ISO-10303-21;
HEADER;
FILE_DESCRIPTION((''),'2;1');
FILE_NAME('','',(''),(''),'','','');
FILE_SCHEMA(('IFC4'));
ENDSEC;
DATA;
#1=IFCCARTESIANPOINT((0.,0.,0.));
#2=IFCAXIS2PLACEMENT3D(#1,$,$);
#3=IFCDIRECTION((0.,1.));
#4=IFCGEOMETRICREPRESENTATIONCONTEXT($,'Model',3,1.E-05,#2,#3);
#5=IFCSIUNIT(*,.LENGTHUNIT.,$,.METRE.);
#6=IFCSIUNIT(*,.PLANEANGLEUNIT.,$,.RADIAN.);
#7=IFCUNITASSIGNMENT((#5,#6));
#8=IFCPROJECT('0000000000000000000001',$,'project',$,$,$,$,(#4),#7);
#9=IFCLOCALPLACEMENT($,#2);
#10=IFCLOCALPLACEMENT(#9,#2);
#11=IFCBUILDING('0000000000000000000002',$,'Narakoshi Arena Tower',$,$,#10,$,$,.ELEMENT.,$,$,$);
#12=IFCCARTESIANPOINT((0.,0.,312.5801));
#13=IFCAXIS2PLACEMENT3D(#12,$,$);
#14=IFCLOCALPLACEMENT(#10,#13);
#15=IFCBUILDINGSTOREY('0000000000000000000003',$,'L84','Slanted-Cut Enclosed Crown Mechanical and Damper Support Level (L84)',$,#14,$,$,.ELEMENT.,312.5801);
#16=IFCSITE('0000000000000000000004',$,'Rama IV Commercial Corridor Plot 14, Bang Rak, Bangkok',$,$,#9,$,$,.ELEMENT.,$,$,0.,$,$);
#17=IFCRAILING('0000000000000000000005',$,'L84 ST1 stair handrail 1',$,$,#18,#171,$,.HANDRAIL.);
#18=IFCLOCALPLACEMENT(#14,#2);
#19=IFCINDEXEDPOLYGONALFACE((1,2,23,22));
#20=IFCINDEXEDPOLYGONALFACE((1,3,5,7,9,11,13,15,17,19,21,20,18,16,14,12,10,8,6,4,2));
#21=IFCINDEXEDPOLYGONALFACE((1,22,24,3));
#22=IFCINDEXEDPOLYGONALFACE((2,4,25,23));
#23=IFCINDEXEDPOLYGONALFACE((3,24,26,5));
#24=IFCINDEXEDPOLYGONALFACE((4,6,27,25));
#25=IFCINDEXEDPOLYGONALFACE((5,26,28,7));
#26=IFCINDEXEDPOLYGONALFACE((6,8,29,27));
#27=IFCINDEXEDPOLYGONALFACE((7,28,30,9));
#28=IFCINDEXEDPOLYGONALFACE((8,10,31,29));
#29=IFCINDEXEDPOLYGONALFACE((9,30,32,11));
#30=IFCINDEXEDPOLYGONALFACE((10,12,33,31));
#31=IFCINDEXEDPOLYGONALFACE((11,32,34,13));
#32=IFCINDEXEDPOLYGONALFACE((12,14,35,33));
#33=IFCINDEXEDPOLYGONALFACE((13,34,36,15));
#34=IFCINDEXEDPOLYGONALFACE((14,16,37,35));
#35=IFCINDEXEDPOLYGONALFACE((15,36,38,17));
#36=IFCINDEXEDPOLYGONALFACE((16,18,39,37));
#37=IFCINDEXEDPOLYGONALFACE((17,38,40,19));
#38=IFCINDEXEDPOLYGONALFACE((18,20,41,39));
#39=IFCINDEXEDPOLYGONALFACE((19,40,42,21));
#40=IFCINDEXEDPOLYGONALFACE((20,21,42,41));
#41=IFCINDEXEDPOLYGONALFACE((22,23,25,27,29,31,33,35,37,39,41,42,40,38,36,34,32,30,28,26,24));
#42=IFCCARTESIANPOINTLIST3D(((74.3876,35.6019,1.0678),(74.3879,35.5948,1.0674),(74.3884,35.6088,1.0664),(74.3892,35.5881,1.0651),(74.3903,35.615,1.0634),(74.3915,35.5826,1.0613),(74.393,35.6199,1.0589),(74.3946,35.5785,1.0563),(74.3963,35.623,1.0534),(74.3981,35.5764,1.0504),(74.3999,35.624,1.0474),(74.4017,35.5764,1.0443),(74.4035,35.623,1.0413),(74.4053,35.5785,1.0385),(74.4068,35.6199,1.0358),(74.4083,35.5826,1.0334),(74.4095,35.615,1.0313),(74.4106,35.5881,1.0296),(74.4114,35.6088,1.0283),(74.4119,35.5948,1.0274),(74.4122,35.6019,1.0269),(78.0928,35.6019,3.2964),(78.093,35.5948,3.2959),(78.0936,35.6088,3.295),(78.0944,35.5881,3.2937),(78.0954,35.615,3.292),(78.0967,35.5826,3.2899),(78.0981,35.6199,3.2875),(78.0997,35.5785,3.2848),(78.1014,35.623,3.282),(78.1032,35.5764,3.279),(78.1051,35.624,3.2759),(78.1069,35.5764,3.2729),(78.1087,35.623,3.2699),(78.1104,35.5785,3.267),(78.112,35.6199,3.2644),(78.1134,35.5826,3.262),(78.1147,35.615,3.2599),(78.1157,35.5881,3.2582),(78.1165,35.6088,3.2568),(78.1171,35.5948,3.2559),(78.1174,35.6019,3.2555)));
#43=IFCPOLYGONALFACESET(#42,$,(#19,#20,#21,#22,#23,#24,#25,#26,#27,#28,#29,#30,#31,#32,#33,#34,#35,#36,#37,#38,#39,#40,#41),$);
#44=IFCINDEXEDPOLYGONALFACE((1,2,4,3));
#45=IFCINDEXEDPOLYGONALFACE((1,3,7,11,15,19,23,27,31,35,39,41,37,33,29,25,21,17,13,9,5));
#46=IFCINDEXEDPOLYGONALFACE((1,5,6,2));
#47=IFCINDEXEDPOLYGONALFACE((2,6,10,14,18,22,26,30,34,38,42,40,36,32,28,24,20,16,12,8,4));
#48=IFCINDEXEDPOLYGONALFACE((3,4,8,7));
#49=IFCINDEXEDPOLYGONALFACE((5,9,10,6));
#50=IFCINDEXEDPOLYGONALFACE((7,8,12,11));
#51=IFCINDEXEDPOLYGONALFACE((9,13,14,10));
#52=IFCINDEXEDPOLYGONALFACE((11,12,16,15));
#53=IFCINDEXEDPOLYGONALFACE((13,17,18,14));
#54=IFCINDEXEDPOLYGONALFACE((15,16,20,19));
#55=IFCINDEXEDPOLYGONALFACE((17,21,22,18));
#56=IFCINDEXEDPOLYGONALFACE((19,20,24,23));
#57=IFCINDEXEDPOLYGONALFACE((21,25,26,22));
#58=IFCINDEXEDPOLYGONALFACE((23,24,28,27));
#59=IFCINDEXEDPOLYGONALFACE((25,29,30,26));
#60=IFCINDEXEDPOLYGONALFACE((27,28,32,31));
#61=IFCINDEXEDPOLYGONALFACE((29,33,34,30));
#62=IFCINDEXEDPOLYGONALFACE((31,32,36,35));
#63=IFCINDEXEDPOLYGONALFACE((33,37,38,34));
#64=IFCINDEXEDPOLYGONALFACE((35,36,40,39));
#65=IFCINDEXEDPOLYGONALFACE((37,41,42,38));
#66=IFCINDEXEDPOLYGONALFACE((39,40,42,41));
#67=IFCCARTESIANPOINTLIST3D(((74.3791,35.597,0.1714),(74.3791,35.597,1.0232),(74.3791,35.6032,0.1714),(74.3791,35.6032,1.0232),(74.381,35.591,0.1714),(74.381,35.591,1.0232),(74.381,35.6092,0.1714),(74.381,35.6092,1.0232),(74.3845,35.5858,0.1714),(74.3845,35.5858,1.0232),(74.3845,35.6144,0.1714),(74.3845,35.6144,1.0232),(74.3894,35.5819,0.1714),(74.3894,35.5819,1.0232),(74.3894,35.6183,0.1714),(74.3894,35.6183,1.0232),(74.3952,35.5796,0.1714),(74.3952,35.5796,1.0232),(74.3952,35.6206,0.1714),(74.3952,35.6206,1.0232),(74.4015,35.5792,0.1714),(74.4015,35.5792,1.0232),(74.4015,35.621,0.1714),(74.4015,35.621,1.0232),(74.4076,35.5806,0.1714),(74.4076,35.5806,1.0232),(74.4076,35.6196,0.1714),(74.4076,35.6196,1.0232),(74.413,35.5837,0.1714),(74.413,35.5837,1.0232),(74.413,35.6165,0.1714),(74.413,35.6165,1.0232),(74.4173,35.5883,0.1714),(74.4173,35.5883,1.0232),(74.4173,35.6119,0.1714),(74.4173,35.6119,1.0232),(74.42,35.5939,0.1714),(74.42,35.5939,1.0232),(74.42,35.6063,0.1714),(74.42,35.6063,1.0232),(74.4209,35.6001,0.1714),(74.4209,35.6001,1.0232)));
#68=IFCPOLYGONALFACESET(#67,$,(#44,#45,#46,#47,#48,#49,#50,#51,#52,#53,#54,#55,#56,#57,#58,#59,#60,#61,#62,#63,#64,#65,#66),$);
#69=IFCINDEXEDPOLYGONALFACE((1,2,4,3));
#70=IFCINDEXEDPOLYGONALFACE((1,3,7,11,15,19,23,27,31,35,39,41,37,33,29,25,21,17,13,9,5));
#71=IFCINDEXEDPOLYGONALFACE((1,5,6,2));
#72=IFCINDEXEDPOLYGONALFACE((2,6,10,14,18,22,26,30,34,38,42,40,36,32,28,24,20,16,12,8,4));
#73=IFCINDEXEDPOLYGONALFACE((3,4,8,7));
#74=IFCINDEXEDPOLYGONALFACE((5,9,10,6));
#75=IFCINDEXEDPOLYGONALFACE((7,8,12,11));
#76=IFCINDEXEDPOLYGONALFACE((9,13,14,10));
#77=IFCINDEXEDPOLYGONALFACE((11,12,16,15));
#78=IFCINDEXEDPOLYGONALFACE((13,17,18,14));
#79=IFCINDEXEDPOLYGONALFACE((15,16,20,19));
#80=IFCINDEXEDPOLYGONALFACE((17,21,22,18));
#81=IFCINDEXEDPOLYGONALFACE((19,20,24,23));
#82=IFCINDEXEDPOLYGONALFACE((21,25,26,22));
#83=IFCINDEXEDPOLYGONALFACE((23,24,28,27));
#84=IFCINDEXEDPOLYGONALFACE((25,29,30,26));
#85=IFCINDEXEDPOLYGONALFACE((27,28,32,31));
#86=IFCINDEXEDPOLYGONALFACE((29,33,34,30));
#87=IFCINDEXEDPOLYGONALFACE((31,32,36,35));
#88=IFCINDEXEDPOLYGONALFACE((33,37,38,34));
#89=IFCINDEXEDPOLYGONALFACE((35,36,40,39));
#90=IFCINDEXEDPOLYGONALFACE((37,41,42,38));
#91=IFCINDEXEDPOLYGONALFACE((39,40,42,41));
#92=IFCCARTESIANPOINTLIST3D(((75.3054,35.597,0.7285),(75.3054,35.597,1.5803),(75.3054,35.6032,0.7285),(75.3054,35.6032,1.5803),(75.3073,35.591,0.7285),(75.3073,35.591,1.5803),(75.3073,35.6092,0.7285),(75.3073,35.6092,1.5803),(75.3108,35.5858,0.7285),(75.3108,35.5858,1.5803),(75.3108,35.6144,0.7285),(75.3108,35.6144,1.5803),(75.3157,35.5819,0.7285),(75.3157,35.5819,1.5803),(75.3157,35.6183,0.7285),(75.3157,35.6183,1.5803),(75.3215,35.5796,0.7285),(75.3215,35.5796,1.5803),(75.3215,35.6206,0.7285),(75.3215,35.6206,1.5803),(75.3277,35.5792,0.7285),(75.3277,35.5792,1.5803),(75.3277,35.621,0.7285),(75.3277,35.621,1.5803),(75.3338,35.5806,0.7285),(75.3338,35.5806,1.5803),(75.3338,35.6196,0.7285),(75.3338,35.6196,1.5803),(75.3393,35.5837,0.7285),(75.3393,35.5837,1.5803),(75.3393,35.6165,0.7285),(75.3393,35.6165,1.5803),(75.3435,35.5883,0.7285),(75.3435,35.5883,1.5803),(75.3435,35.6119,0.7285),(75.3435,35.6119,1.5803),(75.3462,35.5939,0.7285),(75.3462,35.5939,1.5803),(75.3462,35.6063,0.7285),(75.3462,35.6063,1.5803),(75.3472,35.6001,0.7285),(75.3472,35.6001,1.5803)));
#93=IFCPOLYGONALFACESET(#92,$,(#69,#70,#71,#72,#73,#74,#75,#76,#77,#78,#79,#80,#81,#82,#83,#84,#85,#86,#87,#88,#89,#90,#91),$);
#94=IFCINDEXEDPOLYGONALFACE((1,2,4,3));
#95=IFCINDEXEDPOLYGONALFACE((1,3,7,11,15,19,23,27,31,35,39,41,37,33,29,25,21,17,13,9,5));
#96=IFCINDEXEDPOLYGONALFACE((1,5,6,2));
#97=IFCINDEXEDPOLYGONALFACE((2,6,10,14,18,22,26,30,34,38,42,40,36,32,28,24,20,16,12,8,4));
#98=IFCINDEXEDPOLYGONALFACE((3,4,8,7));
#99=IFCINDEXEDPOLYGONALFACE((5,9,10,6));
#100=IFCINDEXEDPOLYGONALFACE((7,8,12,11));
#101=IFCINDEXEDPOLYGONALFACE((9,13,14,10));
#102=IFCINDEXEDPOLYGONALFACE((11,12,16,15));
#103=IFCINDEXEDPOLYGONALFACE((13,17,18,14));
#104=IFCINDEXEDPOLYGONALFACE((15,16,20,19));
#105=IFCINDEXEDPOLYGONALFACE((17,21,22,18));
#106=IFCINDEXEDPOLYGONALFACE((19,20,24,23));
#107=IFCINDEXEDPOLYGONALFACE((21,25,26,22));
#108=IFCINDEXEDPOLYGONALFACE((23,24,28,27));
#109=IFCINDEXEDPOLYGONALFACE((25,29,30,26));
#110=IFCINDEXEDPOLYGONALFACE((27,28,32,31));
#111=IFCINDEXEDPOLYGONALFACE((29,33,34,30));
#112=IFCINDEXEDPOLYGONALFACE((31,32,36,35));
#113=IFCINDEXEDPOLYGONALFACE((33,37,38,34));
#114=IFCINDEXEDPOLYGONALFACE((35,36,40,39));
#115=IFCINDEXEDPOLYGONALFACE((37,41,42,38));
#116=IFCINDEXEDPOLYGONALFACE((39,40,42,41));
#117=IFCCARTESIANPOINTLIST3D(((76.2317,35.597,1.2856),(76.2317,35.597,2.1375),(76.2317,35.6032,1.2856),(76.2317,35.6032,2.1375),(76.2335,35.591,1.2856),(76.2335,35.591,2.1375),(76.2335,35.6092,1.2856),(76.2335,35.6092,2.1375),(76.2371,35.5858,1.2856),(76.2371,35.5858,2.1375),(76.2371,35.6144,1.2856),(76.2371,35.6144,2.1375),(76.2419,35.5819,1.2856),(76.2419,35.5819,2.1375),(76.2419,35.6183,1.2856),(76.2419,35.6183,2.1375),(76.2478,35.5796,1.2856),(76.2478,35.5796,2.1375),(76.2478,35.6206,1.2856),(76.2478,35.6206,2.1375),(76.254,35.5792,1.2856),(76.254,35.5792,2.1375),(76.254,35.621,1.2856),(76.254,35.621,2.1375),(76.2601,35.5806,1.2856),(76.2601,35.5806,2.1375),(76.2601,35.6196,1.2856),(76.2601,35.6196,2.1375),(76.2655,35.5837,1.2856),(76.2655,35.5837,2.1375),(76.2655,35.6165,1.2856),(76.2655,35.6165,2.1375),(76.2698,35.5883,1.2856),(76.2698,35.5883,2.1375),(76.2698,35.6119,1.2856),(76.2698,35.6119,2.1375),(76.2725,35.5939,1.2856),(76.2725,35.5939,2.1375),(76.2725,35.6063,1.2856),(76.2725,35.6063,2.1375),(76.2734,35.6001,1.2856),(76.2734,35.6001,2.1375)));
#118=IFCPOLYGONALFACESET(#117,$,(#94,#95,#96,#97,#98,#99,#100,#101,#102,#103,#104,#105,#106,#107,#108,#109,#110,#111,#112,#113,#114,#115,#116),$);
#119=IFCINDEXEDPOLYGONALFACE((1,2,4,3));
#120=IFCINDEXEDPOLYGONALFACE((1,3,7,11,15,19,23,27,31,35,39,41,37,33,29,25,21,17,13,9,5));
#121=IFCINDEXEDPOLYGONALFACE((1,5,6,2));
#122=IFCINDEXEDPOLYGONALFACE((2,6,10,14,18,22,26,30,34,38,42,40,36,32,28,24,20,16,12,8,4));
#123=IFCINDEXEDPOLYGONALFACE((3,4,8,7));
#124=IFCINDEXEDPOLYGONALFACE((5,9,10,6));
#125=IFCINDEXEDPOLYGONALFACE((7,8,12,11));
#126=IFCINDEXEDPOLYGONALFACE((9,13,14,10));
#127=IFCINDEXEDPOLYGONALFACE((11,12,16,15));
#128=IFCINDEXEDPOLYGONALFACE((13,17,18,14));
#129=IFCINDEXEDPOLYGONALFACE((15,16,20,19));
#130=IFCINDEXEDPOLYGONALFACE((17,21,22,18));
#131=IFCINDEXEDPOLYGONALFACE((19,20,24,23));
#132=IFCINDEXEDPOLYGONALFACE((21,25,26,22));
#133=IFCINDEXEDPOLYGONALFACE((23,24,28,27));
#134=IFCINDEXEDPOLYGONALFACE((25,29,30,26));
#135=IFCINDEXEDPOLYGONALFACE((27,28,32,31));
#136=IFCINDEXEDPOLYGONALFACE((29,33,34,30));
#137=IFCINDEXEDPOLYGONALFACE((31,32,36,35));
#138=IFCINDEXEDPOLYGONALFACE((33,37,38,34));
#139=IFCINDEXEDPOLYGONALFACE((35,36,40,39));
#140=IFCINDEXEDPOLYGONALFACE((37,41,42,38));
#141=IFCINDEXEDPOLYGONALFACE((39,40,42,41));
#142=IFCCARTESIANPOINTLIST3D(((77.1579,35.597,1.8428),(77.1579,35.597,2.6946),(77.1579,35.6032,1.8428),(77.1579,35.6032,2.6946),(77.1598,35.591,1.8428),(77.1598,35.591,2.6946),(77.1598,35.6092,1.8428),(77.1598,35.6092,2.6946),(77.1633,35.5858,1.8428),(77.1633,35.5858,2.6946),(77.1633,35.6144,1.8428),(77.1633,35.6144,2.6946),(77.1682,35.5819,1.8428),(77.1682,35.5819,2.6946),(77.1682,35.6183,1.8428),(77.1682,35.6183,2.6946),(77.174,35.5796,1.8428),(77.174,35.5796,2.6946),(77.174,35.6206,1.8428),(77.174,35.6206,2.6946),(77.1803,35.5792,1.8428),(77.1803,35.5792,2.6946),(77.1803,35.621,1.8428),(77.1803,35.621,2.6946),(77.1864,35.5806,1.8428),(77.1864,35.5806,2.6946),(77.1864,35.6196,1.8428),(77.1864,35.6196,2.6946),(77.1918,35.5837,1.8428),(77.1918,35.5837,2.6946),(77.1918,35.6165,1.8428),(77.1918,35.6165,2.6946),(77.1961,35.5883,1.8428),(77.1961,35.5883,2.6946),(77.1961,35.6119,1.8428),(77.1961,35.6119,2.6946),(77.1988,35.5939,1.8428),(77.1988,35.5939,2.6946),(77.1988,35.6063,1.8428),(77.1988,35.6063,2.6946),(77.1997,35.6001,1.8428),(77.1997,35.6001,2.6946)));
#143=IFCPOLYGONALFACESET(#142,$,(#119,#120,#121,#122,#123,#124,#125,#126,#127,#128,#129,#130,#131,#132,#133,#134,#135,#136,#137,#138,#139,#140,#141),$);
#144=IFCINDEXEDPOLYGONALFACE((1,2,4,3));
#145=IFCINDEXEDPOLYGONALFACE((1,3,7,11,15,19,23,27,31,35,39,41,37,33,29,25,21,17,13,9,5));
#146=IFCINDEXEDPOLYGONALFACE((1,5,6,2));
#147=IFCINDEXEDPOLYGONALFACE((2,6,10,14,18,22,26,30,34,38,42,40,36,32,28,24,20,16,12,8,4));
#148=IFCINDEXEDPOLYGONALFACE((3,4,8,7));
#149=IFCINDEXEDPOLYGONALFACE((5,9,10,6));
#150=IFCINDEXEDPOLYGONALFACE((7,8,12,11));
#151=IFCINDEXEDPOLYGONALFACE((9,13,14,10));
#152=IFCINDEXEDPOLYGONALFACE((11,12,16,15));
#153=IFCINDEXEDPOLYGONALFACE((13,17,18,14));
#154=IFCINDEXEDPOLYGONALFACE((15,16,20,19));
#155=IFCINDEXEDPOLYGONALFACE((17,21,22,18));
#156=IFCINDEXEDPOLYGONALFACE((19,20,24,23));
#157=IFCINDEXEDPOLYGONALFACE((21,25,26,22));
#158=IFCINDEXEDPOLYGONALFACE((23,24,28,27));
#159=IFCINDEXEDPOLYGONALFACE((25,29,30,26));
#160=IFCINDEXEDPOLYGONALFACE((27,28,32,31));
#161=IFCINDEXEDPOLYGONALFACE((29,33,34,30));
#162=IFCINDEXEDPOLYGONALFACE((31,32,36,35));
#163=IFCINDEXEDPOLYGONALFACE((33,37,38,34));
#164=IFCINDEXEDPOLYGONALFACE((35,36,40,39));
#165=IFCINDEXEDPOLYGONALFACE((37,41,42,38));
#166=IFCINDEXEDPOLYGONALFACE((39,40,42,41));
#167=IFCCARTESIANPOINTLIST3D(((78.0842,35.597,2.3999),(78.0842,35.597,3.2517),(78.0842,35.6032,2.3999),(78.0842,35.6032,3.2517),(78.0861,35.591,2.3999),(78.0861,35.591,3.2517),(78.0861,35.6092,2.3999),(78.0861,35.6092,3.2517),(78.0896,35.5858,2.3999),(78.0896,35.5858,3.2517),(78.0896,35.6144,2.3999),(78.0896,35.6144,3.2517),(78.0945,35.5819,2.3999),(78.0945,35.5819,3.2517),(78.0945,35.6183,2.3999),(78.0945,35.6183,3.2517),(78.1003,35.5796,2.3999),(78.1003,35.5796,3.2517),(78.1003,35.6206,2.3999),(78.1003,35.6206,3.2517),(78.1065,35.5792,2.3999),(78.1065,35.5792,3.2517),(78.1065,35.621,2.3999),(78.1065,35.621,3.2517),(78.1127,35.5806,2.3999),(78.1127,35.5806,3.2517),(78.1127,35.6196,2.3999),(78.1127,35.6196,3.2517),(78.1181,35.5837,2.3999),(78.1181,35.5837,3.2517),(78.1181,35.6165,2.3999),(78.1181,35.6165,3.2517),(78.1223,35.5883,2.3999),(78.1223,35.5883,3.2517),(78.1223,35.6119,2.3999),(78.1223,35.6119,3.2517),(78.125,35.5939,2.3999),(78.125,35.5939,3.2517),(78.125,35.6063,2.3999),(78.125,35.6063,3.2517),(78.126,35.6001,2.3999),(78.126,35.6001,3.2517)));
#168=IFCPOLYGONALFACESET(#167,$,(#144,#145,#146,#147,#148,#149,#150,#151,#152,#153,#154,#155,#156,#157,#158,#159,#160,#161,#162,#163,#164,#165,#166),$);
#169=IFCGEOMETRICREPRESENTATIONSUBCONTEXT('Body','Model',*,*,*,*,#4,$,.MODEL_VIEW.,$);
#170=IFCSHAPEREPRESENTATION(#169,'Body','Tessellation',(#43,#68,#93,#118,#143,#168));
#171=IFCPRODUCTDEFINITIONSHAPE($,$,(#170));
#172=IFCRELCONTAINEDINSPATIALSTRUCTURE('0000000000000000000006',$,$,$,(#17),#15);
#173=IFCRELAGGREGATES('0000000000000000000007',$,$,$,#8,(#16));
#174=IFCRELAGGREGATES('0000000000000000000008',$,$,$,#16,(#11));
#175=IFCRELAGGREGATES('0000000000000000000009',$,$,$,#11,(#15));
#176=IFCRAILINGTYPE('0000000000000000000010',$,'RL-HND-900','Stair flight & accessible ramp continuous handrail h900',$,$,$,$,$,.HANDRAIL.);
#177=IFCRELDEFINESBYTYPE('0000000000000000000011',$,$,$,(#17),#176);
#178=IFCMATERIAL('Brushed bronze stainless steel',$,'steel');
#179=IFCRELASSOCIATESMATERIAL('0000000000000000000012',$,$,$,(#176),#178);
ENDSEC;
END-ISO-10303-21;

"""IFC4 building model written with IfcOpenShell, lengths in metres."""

from ifc_helpers import new_model, si_unit, direction, frame, origin, origin_2d, place, context, subcontext, project, spatial, circle, extrude, material, type_object, element, save


model = new_model("IFC4")

# Units and contexts
model_context = context("Model", 3, precision=1e-05, world=origin(), true_north=direction((0.0, 1.0)))
body_context = subcontext(model_context, "Body", "Model", "MODEL_VIEW")
ifc_project = project(units=[si_unit("LENGTHUNIT", "METRE"), si_unit("PLANEANGLEUNIT", "RADIAN")], contexts=[model_context])

# Site, building, storey
site_placement = place(None, origin())
site = spatial("IfcSite", under=ifc_project, at=site_placement, Name="Rama IV Commercial Corridor Plot 14, Bang Rak, Bangkok", CompositionType="ELEMENT", RefElevation=0.0)
building_placement = place(site_placement, origin())
building = spatial("IfcBuilding", under=site, at=building_placement, Name="Narakoshi Arena Tower", CompositionType="ELEMENT")
storey_placement = place(building_placement, frame((0.0, 0.0, 312.5801)))
storey = spatial("IfcBuildingStorey", under=building, at=storey_placement, Name="L84", Description="Slanted-Cut Enclosed Crown Mechanical and Damper Support Level (L84)", CompositionType="ELEMENT", Elevation=312.5801)

# Railing
ifc_material_1 = material(Name="Brushed bronze stainless steel", Category="steel")
railing_type_1 = type_object("IfcRailingType", Name="RL-HND-900", Description="Stair flight & accessible ramp continuous handrail h900", PredefinedType="HANDRAIL", material=ifc_material_1)
railing_1_placement = place(storey_placement, frame((74.3999, 35.6001, 0.1714)))
element("IfcRailing", 1, at=railing_1_placement, inside=storey, type_object=railing_type_1, Name="L84 ST1 stair handrail 1", PredefinedType="HANDRAIL", context=body_context, shape_type="SweptSolid", body=[
    extrude(circle(Radius=0.0239, at=origin_2d()), frame((0.0, 0.0, 0.876), z_axis=(0.856934, 0.0, 0.515425), x_axis=(0.0, 1.0, 0.0)), (0.0, 0.0, 1.0), 4.3237),
    extrude(circle(Radius=0.021, at=origin_2d()), origin(), (0.0, 0.0, 1.0), 0.8518),
    extrude(circle(Radius=0.021, at=origin_2d()), frame((0.9263, 0.0, 0.5571)), (0.0, 0.0, 1.0), 0.8518),
    extrude(circle(Radius=0.021, at=origin_2d()), frame((1.8525, 0.0, 1.1143)), (0.0, 0.0, 1.0), 0.8518),
    extrude(circle(Radius=0.021, at=origin_2d()), frame((2.7788, 0.0, 1.6714)), (0.0, 0.0, 1.0), 0.8518),
    extrude(circle(Radius=0.021, at=origin_2d()), frame((3.7051, 0.0, 2.2285)), (0.0, 0.0, 1.0), 0.8518),
])

save(model, "model.ifc")
